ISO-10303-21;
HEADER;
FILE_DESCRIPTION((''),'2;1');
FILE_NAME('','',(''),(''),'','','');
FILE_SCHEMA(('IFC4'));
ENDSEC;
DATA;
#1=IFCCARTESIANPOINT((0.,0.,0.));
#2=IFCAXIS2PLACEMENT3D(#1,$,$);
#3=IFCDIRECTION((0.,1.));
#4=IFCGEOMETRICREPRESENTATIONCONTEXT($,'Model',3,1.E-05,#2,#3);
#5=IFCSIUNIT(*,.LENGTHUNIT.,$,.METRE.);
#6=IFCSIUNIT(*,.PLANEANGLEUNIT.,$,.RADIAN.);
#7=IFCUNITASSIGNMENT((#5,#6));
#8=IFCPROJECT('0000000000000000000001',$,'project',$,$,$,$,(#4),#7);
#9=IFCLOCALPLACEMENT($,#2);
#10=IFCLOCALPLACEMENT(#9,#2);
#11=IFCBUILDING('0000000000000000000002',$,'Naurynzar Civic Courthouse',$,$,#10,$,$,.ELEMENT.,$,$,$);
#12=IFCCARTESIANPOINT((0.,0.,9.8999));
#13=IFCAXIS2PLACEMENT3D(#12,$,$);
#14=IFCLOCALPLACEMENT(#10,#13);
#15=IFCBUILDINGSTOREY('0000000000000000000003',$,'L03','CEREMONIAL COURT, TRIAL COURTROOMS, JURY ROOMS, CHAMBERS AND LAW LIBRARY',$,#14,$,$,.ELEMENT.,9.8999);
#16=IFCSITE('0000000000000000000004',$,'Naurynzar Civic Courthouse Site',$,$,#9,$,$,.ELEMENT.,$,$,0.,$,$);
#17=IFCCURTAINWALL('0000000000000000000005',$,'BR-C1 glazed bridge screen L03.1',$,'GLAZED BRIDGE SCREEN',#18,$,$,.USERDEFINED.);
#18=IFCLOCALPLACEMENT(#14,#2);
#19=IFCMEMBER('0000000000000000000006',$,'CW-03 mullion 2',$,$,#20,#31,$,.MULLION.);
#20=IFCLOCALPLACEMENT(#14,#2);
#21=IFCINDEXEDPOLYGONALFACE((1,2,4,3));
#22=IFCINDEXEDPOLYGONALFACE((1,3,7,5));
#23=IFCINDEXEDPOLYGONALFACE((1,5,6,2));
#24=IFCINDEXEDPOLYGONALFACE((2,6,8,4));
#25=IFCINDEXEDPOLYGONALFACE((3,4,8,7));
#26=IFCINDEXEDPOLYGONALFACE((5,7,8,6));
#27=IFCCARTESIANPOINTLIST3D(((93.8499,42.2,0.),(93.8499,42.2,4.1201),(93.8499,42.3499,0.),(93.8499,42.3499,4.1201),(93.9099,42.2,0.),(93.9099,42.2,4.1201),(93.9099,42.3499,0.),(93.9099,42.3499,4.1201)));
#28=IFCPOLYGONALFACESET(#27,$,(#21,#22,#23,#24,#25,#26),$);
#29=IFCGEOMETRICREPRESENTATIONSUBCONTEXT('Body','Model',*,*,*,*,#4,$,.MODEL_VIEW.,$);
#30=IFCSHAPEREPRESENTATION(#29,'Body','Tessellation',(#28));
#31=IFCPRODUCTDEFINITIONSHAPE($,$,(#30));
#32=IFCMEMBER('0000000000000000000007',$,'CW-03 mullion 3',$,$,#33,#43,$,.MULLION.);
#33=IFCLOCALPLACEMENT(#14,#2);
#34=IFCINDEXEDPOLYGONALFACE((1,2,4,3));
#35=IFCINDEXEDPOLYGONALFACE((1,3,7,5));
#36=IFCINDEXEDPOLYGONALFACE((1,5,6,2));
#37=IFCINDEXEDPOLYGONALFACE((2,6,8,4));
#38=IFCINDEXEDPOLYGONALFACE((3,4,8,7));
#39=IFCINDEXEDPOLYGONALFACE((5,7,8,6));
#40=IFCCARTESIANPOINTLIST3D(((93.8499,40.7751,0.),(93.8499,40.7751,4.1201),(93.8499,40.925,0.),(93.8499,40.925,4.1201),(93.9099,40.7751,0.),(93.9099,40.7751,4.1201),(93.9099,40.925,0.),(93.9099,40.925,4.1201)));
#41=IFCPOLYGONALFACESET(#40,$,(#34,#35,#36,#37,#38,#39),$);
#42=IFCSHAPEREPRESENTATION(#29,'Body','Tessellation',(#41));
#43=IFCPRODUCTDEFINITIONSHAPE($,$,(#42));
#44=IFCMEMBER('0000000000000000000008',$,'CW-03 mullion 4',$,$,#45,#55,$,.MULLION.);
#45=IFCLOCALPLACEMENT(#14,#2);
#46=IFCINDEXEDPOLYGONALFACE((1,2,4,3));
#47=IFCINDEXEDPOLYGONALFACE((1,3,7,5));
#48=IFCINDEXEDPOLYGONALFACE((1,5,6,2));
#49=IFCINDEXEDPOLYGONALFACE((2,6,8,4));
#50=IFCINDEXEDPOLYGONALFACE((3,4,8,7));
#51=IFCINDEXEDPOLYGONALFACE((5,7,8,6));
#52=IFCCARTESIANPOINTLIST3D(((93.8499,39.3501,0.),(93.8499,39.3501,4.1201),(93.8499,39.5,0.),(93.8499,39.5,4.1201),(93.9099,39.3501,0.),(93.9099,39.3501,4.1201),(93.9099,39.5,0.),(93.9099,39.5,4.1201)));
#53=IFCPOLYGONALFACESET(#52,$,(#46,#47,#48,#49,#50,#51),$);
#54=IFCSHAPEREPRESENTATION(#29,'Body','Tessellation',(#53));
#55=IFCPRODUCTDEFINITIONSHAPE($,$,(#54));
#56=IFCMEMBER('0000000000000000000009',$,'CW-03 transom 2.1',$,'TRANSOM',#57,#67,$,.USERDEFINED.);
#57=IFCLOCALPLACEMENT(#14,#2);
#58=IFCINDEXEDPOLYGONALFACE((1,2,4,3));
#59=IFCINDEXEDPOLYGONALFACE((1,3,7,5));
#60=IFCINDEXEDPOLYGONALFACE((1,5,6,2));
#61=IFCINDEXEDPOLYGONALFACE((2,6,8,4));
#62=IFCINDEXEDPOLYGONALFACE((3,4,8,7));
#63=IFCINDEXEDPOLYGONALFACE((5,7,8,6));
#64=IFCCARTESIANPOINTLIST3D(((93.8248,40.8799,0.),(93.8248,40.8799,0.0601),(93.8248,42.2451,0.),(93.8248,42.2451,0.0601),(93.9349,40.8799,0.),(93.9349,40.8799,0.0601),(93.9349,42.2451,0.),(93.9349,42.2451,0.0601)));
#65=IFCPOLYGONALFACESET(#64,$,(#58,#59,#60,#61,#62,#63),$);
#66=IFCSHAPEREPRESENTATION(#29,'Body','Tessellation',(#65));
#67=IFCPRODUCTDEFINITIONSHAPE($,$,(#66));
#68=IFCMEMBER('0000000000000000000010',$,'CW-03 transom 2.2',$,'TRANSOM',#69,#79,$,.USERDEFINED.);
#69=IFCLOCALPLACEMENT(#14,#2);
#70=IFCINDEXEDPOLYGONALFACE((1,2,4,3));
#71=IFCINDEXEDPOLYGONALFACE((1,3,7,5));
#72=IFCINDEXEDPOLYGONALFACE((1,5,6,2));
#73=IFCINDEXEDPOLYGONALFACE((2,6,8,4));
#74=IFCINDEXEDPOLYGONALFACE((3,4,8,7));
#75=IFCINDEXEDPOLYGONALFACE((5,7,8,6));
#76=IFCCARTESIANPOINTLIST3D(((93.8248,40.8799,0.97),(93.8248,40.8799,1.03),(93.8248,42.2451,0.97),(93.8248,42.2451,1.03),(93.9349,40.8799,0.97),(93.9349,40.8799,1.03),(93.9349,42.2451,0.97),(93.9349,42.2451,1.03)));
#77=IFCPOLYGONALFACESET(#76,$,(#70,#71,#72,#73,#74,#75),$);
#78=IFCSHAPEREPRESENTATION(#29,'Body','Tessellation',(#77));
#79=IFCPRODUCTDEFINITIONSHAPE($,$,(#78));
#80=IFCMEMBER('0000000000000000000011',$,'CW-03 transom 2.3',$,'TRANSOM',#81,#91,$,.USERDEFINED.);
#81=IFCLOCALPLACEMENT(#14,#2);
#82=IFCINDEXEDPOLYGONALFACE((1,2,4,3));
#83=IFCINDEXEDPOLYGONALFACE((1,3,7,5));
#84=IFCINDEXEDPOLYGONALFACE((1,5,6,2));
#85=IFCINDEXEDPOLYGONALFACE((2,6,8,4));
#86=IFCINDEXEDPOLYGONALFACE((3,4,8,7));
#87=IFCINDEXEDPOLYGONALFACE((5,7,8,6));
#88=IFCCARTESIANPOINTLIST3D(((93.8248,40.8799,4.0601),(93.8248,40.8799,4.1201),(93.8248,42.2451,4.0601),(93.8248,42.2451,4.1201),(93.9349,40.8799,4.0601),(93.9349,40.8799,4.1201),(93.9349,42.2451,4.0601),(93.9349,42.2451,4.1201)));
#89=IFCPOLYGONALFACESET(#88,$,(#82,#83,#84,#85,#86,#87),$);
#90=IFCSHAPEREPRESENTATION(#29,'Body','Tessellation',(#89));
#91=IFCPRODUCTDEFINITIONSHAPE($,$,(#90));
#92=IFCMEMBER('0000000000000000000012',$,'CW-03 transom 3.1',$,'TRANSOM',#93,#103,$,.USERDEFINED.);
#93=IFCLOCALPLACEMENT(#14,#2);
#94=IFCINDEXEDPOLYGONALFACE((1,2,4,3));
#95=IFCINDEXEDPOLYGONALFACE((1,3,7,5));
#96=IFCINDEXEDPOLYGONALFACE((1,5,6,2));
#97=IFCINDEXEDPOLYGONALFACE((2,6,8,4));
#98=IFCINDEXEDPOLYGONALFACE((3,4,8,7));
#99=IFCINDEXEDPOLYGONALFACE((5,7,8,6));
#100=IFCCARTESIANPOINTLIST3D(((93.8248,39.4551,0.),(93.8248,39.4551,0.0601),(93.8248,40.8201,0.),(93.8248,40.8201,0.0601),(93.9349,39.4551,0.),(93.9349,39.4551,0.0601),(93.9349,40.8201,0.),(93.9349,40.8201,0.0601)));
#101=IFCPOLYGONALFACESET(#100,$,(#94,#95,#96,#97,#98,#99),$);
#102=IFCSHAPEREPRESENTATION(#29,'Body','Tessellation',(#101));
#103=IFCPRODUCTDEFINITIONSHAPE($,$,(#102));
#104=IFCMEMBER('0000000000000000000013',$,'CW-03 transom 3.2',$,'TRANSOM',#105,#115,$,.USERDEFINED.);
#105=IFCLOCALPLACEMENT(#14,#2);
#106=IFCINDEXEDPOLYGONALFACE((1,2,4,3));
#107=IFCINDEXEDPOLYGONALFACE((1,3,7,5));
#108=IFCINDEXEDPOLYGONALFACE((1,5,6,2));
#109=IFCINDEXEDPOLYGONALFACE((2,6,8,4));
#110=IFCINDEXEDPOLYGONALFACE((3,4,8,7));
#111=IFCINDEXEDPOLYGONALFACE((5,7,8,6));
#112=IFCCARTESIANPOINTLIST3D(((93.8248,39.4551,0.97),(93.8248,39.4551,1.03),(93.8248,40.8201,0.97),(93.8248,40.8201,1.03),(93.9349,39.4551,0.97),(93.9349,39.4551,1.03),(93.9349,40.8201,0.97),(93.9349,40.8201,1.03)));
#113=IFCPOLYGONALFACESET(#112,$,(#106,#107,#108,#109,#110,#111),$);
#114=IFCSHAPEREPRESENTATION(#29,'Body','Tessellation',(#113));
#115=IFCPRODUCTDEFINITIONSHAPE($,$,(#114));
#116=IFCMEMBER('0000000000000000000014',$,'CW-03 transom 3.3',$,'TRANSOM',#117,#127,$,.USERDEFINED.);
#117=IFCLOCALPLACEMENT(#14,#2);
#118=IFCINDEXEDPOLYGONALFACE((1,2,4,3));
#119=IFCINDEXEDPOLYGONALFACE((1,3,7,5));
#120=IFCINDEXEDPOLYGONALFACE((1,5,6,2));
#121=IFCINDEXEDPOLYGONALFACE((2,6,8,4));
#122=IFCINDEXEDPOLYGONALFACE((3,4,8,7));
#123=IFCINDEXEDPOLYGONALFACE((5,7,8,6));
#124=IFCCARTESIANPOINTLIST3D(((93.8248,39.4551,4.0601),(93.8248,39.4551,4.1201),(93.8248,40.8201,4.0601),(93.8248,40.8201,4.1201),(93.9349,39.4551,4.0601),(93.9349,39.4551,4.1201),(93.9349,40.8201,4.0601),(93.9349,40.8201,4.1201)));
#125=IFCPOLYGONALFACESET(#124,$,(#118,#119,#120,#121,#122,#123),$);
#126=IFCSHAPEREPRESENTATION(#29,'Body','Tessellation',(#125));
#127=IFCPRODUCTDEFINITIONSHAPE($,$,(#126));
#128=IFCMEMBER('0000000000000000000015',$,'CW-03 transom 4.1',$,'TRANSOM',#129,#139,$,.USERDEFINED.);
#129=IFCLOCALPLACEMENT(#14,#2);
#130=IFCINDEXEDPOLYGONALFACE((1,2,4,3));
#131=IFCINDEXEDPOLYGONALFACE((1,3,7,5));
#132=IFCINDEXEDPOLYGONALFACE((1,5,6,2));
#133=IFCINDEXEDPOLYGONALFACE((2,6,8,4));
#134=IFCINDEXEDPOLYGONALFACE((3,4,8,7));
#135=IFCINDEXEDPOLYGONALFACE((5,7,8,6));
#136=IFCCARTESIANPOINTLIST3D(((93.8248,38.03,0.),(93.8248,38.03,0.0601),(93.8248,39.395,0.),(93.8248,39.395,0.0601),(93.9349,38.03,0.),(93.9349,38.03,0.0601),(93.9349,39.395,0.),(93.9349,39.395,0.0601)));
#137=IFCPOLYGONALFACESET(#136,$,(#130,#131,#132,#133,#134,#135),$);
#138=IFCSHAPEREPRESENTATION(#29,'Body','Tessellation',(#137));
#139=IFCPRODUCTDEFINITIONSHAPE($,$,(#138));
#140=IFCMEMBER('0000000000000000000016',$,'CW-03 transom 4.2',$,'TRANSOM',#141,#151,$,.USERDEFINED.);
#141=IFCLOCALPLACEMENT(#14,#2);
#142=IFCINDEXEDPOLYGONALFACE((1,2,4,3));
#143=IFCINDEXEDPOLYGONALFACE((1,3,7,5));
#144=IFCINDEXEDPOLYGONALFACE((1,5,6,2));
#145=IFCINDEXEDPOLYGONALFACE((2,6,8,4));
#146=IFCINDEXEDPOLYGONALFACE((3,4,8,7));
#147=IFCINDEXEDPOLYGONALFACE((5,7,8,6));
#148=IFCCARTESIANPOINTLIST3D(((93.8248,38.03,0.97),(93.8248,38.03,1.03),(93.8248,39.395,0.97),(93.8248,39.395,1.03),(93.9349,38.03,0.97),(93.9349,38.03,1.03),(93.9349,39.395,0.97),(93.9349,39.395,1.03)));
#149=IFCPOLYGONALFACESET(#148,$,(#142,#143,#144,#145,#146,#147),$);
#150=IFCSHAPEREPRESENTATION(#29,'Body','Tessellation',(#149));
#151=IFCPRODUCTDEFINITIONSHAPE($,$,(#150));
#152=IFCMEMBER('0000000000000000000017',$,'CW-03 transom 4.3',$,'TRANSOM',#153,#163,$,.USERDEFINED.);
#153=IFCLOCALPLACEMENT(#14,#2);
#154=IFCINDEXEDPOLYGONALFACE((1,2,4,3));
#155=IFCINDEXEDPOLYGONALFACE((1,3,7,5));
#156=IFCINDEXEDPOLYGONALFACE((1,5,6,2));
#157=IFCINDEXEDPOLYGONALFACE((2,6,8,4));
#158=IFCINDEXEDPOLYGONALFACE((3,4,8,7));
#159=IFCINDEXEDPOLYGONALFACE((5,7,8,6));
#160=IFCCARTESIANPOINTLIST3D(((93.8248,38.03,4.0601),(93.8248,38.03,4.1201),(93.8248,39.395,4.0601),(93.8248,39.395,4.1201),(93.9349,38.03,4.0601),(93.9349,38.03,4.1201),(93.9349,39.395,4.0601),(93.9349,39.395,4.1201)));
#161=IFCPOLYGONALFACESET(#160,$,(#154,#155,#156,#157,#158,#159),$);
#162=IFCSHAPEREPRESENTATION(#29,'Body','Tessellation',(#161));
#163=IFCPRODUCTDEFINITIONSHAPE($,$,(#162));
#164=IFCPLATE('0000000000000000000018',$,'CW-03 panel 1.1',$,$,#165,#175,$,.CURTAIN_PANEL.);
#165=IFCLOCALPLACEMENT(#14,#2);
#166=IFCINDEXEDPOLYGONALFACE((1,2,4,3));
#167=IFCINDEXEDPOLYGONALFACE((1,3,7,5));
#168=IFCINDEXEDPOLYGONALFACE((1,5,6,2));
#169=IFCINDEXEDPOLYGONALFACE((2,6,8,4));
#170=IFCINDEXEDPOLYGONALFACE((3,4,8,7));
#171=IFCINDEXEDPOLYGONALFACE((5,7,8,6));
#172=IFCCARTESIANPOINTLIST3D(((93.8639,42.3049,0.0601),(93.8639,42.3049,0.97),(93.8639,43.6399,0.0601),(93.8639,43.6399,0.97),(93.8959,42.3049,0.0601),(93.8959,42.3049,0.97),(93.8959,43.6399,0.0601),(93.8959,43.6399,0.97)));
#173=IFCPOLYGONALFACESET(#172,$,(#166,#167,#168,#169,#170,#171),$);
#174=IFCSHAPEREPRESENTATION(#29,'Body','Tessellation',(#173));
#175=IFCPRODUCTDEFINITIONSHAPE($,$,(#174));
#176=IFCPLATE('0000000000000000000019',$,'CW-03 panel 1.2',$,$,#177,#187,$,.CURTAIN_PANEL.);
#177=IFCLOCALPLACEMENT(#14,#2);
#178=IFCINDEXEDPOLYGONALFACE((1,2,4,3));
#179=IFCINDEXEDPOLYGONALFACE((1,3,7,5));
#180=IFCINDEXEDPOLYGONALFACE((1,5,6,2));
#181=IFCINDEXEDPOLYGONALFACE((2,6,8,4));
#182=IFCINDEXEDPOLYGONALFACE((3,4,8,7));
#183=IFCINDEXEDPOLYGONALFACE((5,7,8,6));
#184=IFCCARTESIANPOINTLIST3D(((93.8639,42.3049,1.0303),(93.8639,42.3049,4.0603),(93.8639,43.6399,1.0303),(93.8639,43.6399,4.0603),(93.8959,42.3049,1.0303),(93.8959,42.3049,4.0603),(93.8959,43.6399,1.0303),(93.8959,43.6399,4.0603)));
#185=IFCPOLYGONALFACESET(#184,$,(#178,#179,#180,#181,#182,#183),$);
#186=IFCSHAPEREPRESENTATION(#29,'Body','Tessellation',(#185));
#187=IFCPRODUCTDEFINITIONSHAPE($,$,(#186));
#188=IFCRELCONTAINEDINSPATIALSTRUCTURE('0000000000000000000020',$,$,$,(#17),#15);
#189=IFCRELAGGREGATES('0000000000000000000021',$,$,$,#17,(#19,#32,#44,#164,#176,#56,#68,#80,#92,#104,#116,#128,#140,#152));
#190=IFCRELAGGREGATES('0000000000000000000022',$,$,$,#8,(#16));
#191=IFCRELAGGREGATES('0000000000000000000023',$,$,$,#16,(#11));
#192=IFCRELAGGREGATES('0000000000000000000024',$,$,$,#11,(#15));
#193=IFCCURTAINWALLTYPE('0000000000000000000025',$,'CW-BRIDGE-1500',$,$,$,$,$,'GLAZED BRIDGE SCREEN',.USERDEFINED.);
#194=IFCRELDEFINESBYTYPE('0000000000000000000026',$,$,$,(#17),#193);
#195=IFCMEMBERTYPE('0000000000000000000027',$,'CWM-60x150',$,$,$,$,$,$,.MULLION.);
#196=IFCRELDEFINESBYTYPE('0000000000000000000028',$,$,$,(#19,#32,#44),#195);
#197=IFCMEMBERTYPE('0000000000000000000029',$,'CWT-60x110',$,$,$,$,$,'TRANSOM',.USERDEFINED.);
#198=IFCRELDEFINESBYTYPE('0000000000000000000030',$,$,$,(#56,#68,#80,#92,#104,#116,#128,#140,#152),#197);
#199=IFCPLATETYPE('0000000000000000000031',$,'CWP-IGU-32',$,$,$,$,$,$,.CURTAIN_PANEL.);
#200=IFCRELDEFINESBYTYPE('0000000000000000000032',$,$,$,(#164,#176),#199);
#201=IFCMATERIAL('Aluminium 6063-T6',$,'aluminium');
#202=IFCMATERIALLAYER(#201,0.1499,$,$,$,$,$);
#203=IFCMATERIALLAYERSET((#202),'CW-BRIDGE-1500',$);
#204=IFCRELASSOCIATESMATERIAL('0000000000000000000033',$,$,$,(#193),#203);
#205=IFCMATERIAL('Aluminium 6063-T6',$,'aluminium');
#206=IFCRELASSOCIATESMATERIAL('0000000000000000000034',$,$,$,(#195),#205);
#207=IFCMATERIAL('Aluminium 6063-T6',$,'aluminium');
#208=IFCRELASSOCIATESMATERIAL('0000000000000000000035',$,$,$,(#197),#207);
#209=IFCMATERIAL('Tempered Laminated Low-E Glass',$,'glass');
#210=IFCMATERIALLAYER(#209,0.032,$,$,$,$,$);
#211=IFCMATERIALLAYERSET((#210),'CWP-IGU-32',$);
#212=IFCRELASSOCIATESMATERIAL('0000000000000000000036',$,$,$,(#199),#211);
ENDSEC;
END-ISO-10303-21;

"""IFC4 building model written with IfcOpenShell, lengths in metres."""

from ifc_helpers import new_model, si_unit, direction, frame, origin, origin_2d, place, context, subcontext, project, spatial, rectangle, extrude, material, layer, layer_set, material_profile, profile_set, type_object, element, aggregate, save


model = new_model("IFC4")

# Units and contexts
model_context = context("Model", 3, precision=1e-05, world=origin(), true_north=direction((0.0, 1.0)))
body_context = subcontext(model_context, "Body", "Model", "MODEL_VIEW")
ifc_project = project(units=[si_unit("LENGTHUNIT", "METRE"), si_unit("PLANEANGLEUNIT", "RADIAN")], contexts=[model_context])

# Site, building, storey
site_placement = place(None, origin())
site = spatial("IfcSite", under=ifc_project, at=site_placement, Name="Naurynzar Civic Courthouse Site", CompositionType="ELEMENT", RefElevation=0.0)
building_placement = place(site_placement, origin())
building = spatial("IfcBuilding", under=site, at=building_placement, Name="Naurynzar Civic Courthouse", CompositionType="ELEMENT")
storey_placement = place(building_placement, frame((0.0, 0.0, 9.8999)))
storey = spatial("IfcBuildingStorey", under=building, at=storey_placement, Name="L03", Description="CEREMONIAL COURT, TRIAL COURTROOMS, JURY ROOMS, CHAMBERS AND LAW LIBRARY", CompositionType="ELEMENT", Elevation=9.8999)

# Curtain wall, members, plates
ifc_material_1 = material(Name="Aluminium 6063-T6", Category="aluminium")
ifc_layer_1 = layer(ifc_material_1, 0.1499)
ifc_layer_set_1 = layer_set([ifc_layer_1], Name="CW-BRIDGE-1500")
curtain_wall_type = type_object("IfcCurtainWallType", Name="CW-BRIDGE-1500", ElementType="GLAZED BRIDGE SCREEN", PredefinedType="USERDEFINED", material=ifc_layer_set_1)
curtain_wall_placement = place(storey_placement, origin())
curtain_wall = element("IfcCurtainWall", 1, at=curtain_wall_placement, inside=storey, type_object=curtain_wall_type, Name="BR-C1 glazed bridge screen L03.1", ObjectType="GLAZED BRIDGE SCREEN", PredefinedType="USERDEFINED")
ifc_material_2 = material(Name="Aluminium 6063-T6", Category="aluminium")
ifc_material_profile_1 = material_profile(ifc_material_2, rectangle(XDim=0.0601, YDim=0.1499, at=origin_2d()), Name="ALU MULLION 60x150")
ifc_profile_set_1 = profile_set([ifc_material_profile_1], Name="Aluminium 6063-T6")
member_type_1 = type_object("IfcMemberType", Name="CWM-60x150", PredefinedType="MULLION", material=ifc_profile_set_1)
member_1_placement = place(storey_placement, frame((93.8799, 42.2749, 0.0), z_axis=(0.0, 0.0, 1.0), x_axis=(1.0, 0.0, 0.0)))
member_1 = element("IfcMember", 2, at=member_1_placement, type_object=member_type_1, Name="CW-03 mullion 2", PredefinedType="MULLION", context=body_context, shape_type="SweptSolid", body=[
    extrude(rectangle(XDim=0.0601, YDim=0.1499, at=origin_2d()), origin(), (0.0, 0.0, 1.0), 4.1201),
])
member_2_placement = place(storey_placement, frame((93.8799, 40.8501, 0.0), z_axis=(0.0, 0.0, 1.0), x_axis=(1.0, 0.0, 0.0)))
member_2 = element("IfcMember", 3, at=member_2_placement, type_object=member_type_1, Name="CW-03 mullion 3", PredefinedType="MULLION", context=body_context, shape_type="SweptSolid", body=[
    extrude(rectangle(XDim=0.0601, YDim=0.1499, at=origin_2d()), origin(), (0.0, 0.0, 1.0), 4.1201),
])
member_3_placement = place(storey_placement, frame((93.8799, 39.425, 0.0), z_axis=(0.0, 0.0, 1.0), x_axis=(1.0, 0.0, 0.0)))
member_3 = element("IfcMember", 4, at=member_3_placement, type_object=member_type_1, Name="CW-03 mullion 4", PredefinedType="MULLION", context=body_context, shape_type="SweptSolid", body=[
    extrude(rectangle(XDim=0.0601, YDim=0.1499, at=origin_2d()), origin(), (0.0, 0.0, 1.0), 4.1201),
])
ifc_material_3 = material(Name="Aluminium 6063-T6", Category="aluminium")
ifc_material_profile_2 = material_profile(ifc_material_3, rectangle(XDim=0.1101, YDim=0.0601, at=origin_2d()), Name="ALU TRANSOM 60x110")
ifc_profile_set_2 = profile_set([ifc_material_profile_2], Name="Aluminium 6063-T6")
member_type_2 = type_object("IfcMemberType", Name="CWT-60x110", ElementType="TRANSOM", PredefinedType="USERDEFINED", material=ifc_profile_set_2)
member_4_placement = place(storey_placement, frame((93.8799, 42.2451, 0.03), z_axis=(0.0, -1.0, 0.0), x_axis=(1.0, 0.0, 0.0)))
member_4 = element("IfcMember", 5, at=member_4_placement, type_object=member_type_2, Name="CW-03 transom 2.1", ObjectType="TRANSOM", PredefinedType="USERDEFINED", context=body_context, shape_type="SweptSolid", body=[
    extrude(rectangle(XDim=0.1101, YDim=0.0601, at=origin_2d()), origin(), (0.0, 0.0, 1.0), 1.3652),
])
member_5_placement = place(storey_placement, frame((93.8799, 42.2451, 1.0), z_axis=(0.0, -1.0, 0.0), x_axis=(1.0, 0.0, 0.0)))
member_5 = element("IfcMember", 6, at=member_5_placement, type_object=member_type_2, Name="CW-03 transom 2.2", ObjectType="TRANSOM", PredefinedType="USERDEFINED", context=body_context, shape_type="SweptSolid", body=[
    extrude(rectangle(XDim=0.1101, YDim=0.0601, at=origin_2d()), origin(), (0.0, 0.0, 1.0), 1.3652),
])
member_6_placement = place(storey_placement, frame((93.8799, 42.2451, 4.0901), z_axis=(0.0, -1.0, 0.0), x_axis=(1.0, 0.0, 0.0)))
member_6 = element("IfcMember", 7, at=member_6_placement, type_object=member_type_2, Name="CW-03 transom 2.3", ObjectType="TRANSOM", PredefinedType="USERDEFINED", context=body_context, shape_type="SweptSolid", body=[
    extrude(rectangle(XDim=0.1101, YDim=0.0601, at=origin_2d()), origin(), (0.0, 0.0, 1.0), 1.3652),
])
member_7_placement = place(storey_placement, frame((93.8799, 40.8201, 0.03), z_axis=(0.0, -1.0, 0.0), x_axis=(1.0, 0.0, 0.0)))
member_7 = element("IfcMember", 8, at=member_7_placement, type_object=member_type_2, Name="CW-03 transom 3.1", ObjectType="TRANSOM", PredefinedType="USERDEFINED", context=body_context, shape_type="SweptSolid", body=[
    extrude(rectangle(XDim=0.1101, YDim=0.0601, at=origin_2d()), origin(), (0.0, 0.0, 1.0), 1.365),
])
member_8_placement = place(storey_placement, frame((93.8799, 40.8201, 1.0), z_axis=(0.0, -1.0, 0.0), x_axis=(1.0, 0.0, 0.0)))
member_8 = element("IfcMember", 9, at=member_8_placement, type_object=member_type_2, Name="CW-03 transom 3.2", ObjectType="TRANSOM", PredefinedType="USERDEFINED", context=body_context, shape_type="SweptSolid", body=[
    extrude(rectangle(XDim=0.1101, YDim=0.0601, at=origin_2d()), origin(), (0.0, 0.0, 1.0), 1.365),
])
member_9_placement = place(storey_placement, frame((93.8799, 40.8201, 4.0901), z_axis=(0.0, -1.0, 0.0), x_axis=(1.0, 0.0, 0.0)))
member_9 = element("IfcMember", 10, at=member_9_placement, type_object=member_type_2, Name="CW-03 transom 3.3", ObjectType="TRANSOM", PredefinedType="USERDEFINED", context=body_context, shape_type="SweptSolid", body=[
    extrude(rectangle(XDim=0.1101, YDim=0.0601, at=origin_2d()), origin(), (0.0, 0.0, 1.0), 1.365),
])
member_10_placement = place(storey_placement, frame((93.8799, 39.395, 0.03), z_axis=(0.0, -1.0, 0.0), x_axis=(1.0, 0.0, 0.0)))
member_10 = element("IfcMember", 11, at=member_10_placement, type_object=member_type_2, Name="CW-03 transom 4.1", ObjectType="TRANSOM", PredefinedType="USERDEFINED", context=body_context, shape_type="SweptSolid", body=[
    extrude(rectangle(XDim=0.1101, YDim=0.0601, at=origin_2d()), origin(), (0.0, 0.0, 1.0), 1.365),
])
member_11_placement = place(storey_placement, frame((93.8799, 39.395, 1.0), z_axis=(0.0, -1.0, 0.0), x_axis=(1.0, 0.0, 0.0)))
member_11 = element("IfcMember", 12, at=member_11_placement, type_object=member_type_2, Name="CW-03 transom 4.2", ObjectType="TRANSOM", PredefinedType="USERDEFINED", context=body_context, shape_type="SweptSolid", body=[
    extrude(rectangle(XDim=0.1101, YDim=0.0601, at=origin_2d()), origin(), (0.0, 0.0, 1.0), 1.365),
])
member_12_placement = place(storey_placement, frame((93.8799, 39.395, 4.0901), z_axis=(0.0, -1.0, 0.0), x_axis=(1.0, 0.0, 0.0)))
member_12 = element("IfcMember", 13, at=member_12_placement, type_object=member_type_2, Name="CW-03 transom 4.3", ObjectType="TRANSOM", PredefinedType="USERDEFINED", context=body_context, shape_type="SweptSolid", body=[
    extrude(rectangle(XDim=0.1101, YDim=0.0601, at=origin_2d()), origin(), (0.0, 0.0, 1.0), 1.365),
])
ifc_material_4 = material(Name="Tempered Laminated Low-E Glass", Category="glass")
ifc_layer_2 = layer(ifc_material_4, 0.032)
ifc_layer_set_2 = layer_set([ifc_layer_2], Name="CWP-IGU-32")
plate_type = type_object("IfcPlateType", Name="CWP-IGU-32", PredefinedType="CURTAIN_PANEL", material=ifc_layer_set_2)
plate_1_placement = place(storey_placement, frame((93.8799, 42.9724, 0.0601), z_axis=(0.0, 0.0, 1.0), x_axis=(0.0, -1.0, 0.0)))
plate_1 = element("IfcPlate", 14, at=plate_1_placement, type_object=plate_type, Name="CW-03 panel 1.1", PredefinedType="CURTAIN_PANEL", context=body_context, shape_type="SweptSolid", body=[
    extrude(rectangle(XDim=1.335, YDim=0.032, at=origin_2d()), origin(), (0.0, 0.0, 1.0), 0.9099),
])
plate_2_placement = place(storey_placement, frame((93.8799, 42.9724, 1.0303), z_axis=(0.0, 0.0, 1.0), x_axis=(0.0, -1.0, 0.0)))
plate_2 = element("IfcPlate", 15, at=plate_2_placement, type_object=plate_type, Name="CW-03 panel 1.2", PredefinedType="CURTAIN_PANEL", context=body_context, shape_type="SweptSolid", body=[
    extrude(rectangle(XDim=1.335, YDim=0.032, at=origin_2d()), origin(), (0.0, 0.0, 1.0), 3.03),
])
aggregate(curtain_wall, [member_1, member_2, member_3, plate_1, plate_2, member_4, member_5, member_6, member_7, member_8, member_9, member_10, member_11, member_12])

save(model, "model.ifc")
